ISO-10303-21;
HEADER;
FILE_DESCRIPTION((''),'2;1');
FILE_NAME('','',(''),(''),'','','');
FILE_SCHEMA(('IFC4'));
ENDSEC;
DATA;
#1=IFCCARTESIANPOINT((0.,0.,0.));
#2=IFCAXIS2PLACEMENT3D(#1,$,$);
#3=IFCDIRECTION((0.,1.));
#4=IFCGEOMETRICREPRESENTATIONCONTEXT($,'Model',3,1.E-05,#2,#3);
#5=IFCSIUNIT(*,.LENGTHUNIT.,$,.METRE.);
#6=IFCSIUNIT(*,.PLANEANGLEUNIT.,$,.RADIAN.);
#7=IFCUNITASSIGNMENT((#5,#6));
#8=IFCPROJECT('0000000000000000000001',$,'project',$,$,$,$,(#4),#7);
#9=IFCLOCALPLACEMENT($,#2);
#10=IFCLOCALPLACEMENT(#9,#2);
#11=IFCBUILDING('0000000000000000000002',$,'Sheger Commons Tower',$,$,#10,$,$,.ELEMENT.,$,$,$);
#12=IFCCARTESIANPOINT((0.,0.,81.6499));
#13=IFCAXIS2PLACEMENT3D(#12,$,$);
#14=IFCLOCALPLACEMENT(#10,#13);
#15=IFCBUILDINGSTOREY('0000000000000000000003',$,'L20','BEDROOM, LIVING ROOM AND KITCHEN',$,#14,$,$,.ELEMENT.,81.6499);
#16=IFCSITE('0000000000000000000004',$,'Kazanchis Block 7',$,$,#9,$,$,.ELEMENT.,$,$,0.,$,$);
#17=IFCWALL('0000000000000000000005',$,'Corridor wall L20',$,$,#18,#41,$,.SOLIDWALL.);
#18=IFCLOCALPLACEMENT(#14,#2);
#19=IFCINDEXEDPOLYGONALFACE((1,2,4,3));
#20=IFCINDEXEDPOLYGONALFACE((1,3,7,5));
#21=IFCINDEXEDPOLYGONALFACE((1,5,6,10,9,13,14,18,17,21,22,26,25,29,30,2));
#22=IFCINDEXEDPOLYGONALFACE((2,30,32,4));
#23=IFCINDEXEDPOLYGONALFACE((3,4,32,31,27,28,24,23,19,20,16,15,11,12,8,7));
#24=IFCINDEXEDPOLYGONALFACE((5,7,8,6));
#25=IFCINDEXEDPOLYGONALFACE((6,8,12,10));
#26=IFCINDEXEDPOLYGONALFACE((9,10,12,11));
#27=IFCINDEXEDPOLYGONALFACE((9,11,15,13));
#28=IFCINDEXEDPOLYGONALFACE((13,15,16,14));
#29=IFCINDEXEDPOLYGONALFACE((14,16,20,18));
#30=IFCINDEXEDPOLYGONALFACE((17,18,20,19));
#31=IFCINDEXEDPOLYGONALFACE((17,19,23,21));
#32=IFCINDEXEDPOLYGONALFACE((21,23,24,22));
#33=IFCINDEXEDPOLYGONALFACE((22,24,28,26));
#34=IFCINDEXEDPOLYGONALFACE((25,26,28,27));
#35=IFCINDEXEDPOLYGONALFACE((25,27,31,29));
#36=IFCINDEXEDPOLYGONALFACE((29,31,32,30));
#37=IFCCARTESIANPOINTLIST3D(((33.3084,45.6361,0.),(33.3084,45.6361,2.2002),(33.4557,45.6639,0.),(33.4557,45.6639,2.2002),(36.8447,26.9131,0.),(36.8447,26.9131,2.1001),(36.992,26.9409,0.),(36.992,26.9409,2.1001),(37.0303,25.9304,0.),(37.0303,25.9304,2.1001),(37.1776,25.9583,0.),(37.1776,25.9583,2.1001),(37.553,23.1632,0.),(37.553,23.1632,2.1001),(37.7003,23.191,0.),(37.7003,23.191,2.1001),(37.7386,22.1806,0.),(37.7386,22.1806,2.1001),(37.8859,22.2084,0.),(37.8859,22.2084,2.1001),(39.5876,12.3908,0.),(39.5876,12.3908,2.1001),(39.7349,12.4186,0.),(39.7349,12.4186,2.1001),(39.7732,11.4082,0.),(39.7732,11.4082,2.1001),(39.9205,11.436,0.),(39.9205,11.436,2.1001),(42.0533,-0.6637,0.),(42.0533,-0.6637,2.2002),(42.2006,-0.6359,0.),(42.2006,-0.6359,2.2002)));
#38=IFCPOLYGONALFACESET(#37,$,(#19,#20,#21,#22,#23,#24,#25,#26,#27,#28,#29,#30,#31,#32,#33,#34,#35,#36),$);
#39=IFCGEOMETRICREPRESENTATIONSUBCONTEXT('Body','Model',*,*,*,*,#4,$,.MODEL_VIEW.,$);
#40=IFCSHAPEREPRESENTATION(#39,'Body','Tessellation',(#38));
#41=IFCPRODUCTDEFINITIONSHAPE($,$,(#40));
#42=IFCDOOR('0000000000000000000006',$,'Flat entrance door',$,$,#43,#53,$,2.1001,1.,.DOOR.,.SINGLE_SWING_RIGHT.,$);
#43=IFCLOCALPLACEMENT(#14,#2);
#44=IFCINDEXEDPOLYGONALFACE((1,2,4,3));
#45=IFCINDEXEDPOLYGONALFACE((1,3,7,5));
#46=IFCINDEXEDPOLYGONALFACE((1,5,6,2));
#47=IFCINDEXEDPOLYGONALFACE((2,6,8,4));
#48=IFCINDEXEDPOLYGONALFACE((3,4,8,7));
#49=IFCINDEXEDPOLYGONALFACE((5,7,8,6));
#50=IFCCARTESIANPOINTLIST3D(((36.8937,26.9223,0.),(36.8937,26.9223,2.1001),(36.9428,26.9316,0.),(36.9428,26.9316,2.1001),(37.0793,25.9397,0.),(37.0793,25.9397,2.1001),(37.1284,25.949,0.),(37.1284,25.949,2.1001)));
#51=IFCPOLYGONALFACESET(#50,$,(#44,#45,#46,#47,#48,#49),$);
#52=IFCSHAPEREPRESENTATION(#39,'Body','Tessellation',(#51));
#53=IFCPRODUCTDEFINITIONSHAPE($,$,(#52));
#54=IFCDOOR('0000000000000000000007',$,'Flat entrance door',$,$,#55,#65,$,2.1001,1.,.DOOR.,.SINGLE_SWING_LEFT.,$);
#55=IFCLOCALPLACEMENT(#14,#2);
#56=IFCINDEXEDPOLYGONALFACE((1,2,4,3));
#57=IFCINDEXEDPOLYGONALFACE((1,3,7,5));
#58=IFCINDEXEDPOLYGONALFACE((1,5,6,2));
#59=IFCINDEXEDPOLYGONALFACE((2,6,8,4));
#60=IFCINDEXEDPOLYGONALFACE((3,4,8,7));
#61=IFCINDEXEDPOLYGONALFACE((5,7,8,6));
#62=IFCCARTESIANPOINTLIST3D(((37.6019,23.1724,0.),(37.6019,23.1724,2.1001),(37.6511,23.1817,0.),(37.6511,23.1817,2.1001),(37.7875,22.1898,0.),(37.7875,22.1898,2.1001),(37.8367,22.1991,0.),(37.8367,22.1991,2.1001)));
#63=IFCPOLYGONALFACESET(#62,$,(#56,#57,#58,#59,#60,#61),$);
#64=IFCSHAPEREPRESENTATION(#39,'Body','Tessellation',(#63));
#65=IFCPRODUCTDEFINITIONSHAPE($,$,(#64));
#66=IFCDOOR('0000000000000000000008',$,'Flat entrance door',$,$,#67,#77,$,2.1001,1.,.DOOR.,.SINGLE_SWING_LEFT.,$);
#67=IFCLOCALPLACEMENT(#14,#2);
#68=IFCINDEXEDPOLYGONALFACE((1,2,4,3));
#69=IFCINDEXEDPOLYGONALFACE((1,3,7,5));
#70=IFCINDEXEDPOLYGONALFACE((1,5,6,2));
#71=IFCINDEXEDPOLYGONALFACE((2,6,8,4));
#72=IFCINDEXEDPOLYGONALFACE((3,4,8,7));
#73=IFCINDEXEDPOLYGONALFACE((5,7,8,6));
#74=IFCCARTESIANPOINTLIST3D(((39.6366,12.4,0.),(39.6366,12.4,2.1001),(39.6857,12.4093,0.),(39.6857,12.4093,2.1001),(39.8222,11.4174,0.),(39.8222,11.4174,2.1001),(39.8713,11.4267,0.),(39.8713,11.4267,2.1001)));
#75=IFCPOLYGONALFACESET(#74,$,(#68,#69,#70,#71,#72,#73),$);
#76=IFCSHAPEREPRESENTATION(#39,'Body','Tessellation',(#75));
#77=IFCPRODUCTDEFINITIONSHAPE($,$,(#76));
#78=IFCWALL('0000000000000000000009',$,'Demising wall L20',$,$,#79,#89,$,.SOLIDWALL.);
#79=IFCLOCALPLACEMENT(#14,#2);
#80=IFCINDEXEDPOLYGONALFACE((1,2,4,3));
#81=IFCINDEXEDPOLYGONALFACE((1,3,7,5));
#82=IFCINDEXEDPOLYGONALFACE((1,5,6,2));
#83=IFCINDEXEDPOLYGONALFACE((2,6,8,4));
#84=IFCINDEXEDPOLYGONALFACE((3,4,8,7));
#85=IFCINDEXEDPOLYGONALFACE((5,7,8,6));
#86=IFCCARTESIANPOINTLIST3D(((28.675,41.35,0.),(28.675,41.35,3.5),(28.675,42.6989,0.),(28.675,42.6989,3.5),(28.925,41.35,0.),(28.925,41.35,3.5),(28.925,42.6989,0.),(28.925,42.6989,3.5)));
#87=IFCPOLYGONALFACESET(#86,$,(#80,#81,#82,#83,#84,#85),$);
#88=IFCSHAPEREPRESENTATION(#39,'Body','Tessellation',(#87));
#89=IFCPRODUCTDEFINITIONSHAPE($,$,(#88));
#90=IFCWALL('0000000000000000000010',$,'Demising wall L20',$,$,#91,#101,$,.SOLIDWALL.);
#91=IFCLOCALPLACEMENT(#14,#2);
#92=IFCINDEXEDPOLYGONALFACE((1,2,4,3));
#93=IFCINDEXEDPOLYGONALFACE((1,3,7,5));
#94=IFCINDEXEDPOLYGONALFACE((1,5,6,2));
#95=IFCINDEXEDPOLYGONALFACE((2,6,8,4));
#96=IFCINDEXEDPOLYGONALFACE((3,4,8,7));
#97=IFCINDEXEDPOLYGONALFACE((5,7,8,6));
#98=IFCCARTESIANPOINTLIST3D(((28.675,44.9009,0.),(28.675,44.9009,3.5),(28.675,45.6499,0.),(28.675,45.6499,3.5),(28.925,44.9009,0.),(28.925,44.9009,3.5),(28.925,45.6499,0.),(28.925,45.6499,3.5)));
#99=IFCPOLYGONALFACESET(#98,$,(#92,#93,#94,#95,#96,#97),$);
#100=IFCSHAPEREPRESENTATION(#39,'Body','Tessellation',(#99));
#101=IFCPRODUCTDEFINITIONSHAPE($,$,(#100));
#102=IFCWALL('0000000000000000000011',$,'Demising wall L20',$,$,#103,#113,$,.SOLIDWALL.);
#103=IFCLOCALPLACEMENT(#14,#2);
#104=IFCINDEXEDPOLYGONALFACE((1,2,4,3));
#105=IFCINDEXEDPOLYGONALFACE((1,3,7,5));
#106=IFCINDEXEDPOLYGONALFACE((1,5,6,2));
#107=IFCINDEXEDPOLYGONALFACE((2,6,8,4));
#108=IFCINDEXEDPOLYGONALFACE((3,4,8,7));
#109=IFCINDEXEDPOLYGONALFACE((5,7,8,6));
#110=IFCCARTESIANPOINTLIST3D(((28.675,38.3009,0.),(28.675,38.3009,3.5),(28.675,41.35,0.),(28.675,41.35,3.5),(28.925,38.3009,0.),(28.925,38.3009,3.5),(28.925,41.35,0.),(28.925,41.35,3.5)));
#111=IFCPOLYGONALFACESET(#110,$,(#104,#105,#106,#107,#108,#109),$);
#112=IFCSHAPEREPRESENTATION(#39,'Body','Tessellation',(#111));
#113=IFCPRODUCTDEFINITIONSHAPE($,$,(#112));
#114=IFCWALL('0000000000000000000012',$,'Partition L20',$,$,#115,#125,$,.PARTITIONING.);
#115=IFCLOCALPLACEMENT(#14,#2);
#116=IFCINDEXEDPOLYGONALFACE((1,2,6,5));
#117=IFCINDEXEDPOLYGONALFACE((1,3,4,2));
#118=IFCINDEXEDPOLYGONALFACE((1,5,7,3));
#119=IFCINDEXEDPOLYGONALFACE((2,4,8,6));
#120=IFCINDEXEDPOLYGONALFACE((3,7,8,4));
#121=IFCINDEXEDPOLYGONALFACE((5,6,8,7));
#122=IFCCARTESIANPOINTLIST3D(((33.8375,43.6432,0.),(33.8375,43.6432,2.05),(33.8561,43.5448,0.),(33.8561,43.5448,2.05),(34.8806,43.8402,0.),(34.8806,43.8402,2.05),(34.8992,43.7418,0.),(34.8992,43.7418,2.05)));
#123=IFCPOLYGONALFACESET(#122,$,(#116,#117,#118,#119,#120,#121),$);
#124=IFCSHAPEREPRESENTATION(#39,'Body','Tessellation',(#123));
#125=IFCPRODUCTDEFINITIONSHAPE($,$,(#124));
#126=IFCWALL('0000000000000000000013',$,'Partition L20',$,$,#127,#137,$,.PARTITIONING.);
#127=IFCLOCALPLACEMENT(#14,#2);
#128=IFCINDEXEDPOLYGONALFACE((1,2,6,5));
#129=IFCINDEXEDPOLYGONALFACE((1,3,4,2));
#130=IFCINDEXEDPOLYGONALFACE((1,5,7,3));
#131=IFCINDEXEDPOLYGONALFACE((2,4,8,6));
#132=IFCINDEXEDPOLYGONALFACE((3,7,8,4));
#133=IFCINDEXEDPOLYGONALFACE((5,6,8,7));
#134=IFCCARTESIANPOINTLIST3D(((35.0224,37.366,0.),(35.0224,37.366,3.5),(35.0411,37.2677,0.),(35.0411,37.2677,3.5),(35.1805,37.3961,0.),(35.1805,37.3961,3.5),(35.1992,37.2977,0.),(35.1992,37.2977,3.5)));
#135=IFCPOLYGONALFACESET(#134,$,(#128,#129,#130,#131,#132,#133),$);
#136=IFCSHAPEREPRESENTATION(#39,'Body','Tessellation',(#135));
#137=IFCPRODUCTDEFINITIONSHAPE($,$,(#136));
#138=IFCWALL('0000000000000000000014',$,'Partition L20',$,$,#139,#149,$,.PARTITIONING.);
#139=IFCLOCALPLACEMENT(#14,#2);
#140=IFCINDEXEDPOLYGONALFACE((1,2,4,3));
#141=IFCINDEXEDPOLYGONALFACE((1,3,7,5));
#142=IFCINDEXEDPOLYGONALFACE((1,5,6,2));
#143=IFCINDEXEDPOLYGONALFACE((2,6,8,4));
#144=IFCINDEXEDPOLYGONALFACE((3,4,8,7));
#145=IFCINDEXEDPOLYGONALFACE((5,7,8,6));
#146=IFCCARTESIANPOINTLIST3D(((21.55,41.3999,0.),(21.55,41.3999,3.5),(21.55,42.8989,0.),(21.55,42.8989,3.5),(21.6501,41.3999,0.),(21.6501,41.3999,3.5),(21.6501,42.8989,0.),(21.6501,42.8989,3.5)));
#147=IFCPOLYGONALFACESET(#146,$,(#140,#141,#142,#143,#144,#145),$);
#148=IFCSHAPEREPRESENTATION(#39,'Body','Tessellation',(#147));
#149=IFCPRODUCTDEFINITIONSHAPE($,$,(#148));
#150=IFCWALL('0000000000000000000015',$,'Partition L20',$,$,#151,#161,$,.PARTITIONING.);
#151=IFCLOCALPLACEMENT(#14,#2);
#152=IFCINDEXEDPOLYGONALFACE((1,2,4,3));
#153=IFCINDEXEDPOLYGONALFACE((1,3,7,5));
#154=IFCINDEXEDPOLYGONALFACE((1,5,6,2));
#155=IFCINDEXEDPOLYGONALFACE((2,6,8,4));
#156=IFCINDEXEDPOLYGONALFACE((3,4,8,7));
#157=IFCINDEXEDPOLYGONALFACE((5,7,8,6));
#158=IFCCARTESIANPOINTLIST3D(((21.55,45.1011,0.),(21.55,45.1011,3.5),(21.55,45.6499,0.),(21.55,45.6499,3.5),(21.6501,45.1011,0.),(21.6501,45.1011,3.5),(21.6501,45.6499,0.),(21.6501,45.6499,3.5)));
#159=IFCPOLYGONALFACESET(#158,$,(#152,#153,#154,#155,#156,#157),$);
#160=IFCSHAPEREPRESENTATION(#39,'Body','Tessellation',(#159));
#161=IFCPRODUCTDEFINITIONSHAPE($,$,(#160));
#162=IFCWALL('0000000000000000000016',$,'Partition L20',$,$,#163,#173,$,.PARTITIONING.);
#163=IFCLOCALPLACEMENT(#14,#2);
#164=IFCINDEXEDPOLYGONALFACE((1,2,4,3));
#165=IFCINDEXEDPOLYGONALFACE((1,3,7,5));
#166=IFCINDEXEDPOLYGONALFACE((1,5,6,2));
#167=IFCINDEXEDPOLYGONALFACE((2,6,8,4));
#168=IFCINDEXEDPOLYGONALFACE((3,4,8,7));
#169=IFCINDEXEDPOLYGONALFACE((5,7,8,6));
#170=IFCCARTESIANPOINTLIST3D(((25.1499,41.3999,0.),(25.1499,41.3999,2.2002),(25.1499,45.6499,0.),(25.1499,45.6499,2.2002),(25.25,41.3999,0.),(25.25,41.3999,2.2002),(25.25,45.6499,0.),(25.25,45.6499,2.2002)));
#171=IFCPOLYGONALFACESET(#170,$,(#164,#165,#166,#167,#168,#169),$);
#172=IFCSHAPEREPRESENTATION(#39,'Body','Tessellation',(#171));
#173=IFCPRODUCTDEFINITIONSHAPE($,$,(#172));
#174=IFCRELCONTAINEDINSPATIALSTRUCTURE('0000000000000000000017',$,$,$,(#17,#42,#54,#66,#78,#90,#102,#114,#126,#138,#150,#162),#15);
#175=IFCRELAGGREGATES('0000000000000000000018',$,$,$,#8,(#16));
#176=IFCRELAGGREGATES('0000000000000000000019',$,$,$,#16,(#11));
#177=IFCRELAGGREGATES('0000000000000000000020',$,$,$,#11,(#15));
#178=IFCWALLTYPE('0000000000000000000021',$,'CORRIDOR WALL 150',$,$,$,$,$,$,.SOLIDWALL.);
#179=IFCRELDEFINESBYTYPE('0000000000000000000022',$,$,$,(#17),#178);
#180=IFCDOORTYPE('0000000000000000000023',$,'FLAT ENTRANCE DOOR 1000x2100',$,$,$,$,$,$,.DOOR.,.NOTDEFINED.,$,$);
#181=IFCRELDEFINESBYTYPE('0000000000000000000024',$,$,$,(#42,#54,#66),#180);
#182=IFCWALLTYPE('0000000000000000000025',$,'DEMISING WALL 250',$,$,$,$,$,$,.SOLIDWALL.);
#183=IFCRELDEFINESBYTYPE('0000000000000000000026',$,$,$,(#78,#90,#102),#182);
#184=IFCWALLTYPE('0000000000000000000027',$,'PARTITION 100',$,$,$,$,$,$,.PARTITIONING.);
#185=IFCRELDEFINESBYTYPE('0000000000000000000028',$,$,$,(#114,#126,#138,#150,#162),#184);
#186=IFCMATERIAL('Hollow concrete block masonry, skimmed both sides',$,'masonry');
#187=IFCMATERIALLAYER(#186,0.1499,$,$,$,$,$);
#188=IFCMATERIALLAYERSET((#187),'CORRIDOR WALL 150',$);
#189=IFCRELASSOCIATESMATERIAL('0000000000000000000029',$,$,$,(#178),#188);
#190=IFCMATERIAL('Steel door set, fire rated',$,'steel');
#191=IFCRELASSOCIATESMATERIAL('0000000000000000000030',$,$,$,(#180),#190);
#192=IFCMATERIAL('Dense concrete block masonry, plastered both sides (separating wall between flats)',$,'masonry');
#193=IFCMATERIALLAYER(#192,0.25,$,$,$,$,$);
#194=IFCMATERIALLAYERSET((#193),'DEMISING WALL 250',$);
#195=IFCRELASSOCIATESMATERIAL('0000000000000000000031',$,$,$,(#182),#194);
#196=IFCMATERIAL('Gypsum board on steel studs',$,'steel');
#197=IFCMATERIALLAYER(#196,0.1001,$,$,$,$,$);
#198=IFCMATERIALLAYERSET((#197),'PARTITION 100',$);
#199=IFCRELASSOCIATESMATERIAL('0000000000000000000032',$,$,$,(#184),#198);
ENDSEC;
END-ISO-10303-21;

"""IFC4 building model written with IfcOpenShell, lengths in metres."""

from ifc_helpers import new_model, si_unit, direction, frame, frame_2d, origin, place, context, subcontext, project, spatial, rectangle, extrude, material, layer, layer_set, type_object, element, fill, save


model = new_model("IFC4")

# Units and contexts
model_context = context("Model", 3, precision=1e-05, world=origin(), true_north=direction((0.0, 1.0)))
body_context = subcontext(model_context, "Body", "Model", "MODEL_VIEW")
ifc_project = project(units=[si_unit("LENGTHUNIT", "METRE"), si_unit("PLANEANGLEUNIT", "RADIAN")], contexts=[model_context])

# Site, building, storey
site_placement = place(None, origin())
site = spatial("IfcSite", under=ifc_project, at=site_placement, Name="Kazanchis Block 7", CompositionType="ELEMENT", RefElevation=0.0)
building_placement = place(site_placement, origin())
building = spatial("IfcBuilding", under=site, at=building_placement, Name="Sheger Commons Tower", CompositionType="ELEMENT")
storey_placement = place(building_placement, frame((0.0, 0.0, 81.6499)))
storey = spatial("IfcBuildingStorey", under=building, at=storey_placement, Name="L20", Description="BEDROOM, LIVING ROOM AND KITCHEN", CompositionType="ELEMENT", Elevation=81.6499)

# Wall, openings, doors
ifc_material_1 = material(Name="Hollow concrete block masonry, skimmed both sides", Category="masonry")
ifc_layer_1 = layer(ifc_material_1, 0.1499)
ifc_layer_set_1 = layer_set([ifc_layer_1], Name="CORRIDOR WALL 150")
wall_type_1 = type_object("IfcWallType", Name="CORRIDOR WALL 150", PredefinedType="SOLIDWALL", material=ifc_layer_set_1)
wall_1_placement = place(storey_placement, frame((33.3821, 45.6499, 0.0), z_axis=(0.0, 0.0, 1.0), x_axis=(0.185594, -0.982627, 0.0)))
wall_1 = element("IfcWall", 1, at=wall_1_placement, inside=storey, type_object=wall_type_1, Name="Corridor wall L20", PredefinedType="SOLIDWALL", context=body_context, shape_type="SweptSolid", body=[
    extrude(rectangle(XDim=47.1184, YDim=0.1499, at=frame_2d((23.5591, 0.0))), origin(), (0.0, 0.0, 1.0), 2.2002),
])
opening_1_placement = place(wall_1_placement, frame((19.054, 0.0, 0.0)))
opening_1 = element("IfcOpeningElement", 2, at=opening_1_placement, cuts=wall_1, PredefinedType="OPENING", context=body_context, shape_type="SweptSolid", body=[
    extrude(rectangle(XDim=1.0, YDim=2.1001, at=frame_2d((0.5, 1.05))), frame((0.0, 0.085, 0.0), z_axis=(0.0, -1.0, 0.0), x_axis=(1.0, 0.0, 0.0)), (0.0, 0.0, 1.0), 0.1699),
])
opening_2_placement = place(wall_1_placement, frame((22.8701, 0.0, 0.0)))
opening_2 = element("IfcOpeningElement", 3, at=opening_2_placement, cuts=wall_1, PredefinedType="OPENING", context=body_context, shape_type="SweptSolid", body=[
    extrude(rectangle(XDim=1.0, YDim=2.1001, at=frame_2d((0.5, 1.05))), frame((0.0, 0.085, 0.0), z_axis=(0.0, -1.0, 0.0), x_axis=(1.0, 0.0, 0.0)), (0.0, 0.0, 1.0), 0.1699),
])
opening_3_placement = place(wall_1_placement, frame((33.833, 0.0, 0.0)))
opening_3 = element("IfcOpeningElement", 4, at=opening_3_placement, cuts=wall_1, PredefinedType="OPENING", context=body_context, shape_type="SweptSolid", body=[
    extrude(rectangle(XDim=1.0, YDim=2.1001, at=frame_2d((0.5, 1.05))), frame((0.0, 0.085, 0.0), z_axis=(0.0, -1.0, 0.0), x_axis=(1.0, 0.0, 0.0)), (0.0, 0.0, 1.0), 0.1699),
])
ifc_material_2 = material(Name="Steel door set, fire rated", Category="steel")
door_type_1 = type_object("IfcDoorType", Name="FLAT ENTRANCE DOOR 1000x2100", OperationType="NOTDEFINED", PredefinedType="DOOR", material=ifc_material_2)
door_1_placement = place(opening_1_placement, origin())
door_1 = element("IfcDoor", 5, at=door_1_placement, inside=storey, type_object=door_type_1, Name="Flat entrance door", OperationType="SINGLE_SWING_RIGHT", OverallHeight=2.1001, OverallWidth=1.0, PredefinedType="DOOR", context=body_context, shape_type="SweptSolid", body=[
    extrude(rectangle(XDim=1.0, YDim=2.1001, at=frame_2d((0.5, 1.05))), frame((0.0, 0.0249, 0.0), z_axis=(0.0, -1.0, 0.0), x_axis=(1.0, 0.0, 0.0)), (0.0, 0.0, 1.0), 0.05),
])
fill(opening_1, door_1)
door_2_placement = place(opening_2_placement, origin())
door_2 = element("IfcDoor", 6, at=door_2_placement, inside=storey, type_object=door_type_1, Name="Flat entrance door", OperationType="SINGLE_SWING_LEFT", OverallHeight=2.1001, OverallWidth=1.0, PredefinedType="DOOR", context=body_context, shape_type="SweptSolid", body=[
    extrude(rectangle(XDim=1.0, YDim=2.1001, at=frame_2d((0.5, 1.05))), frame((0.0, 0.0249, 0.0), z_axis=(0.0, -1.0, 0.0), x_axis=(1.0, 0.0, 0.0)), (0.0, 0.0, 1.0), 0.05),
])
fill(opening_2, door_2)
door_3_placement = place(opening_3_placement, origin())
door_3 = element("IfcDoor", 7, at=door_3_placement, inside=storey, type_object=door_type_1, Name="Flat entrance door", OperationType="SINGLE_SWING_LEFT", OverallHeight=2.1001, OverallWidth=1.0, PredefinedType="DOOR", context=body_context, shape_type="SweptSolid", body=[
    extrude(rectangle(XDim=1.0, YDim=2.1001, at=frame_2d((0.5, 1.05))), frame((0.0, 0.0249, 0.0), z_axis=(0.0, -1.0, 0.0), x_axis=(1.0, 0.0, 0.0)), (0.0, 0.0, 1.0), 0.05),
])
fill(opening_3, door_3)

# Walls
ifc_material_3 = material(Name="Dense concrete block masonry, plastered both sides (separating wall between flats)", Category="masonry")
ifc_layer_2 = layer(ifc_material_3, 0.25)
ifc_layer_set_2 = layer_set([ifc_layer_2], Name="DEMISING WALL 250")
wall_type_2 = type_object("IfcWallType", Name="DEMISING WALL 250", PredefinedType="SOLIDWALL", material=ifc_layer_set_2)
wall_2_placement = place(storey_placement, frame((28.8, 41.3501, 0.0), z_axis=(0.0, 0.0, 1.0), x_axis=(0.0, 1.0, 0.0)))
element("IfcWall", 8, at=wall_2_placement, inside=storey, type_object=wall_type_2, Name="Demising wall L20", PredefinedType="SOLIDWALL", context=body_context, shape_type="SweptSolid", body=[
    extrude(rectangle(XDim=1.3489, YDim=0.25, at=frame_2d((0.6743, 0.0))), origin(), (0.0, 0.0, 1.0), 3.5),
])
wall_3_placement = place(storey_placement, frame((28.8, 44.9009, 0.0), z_axis=(0.0, 0.0, 1.0), x_axis=(0.0, 1.0, 0.0)))
element("IfcWall", 9, at=wall_3_placement, inside=storey, type_object=wall_type_2, Name="Demising wall L20", PredefinedType="SOLIDWALL", context=body_context, shape_type="SweptSolid", body=[
    extrude(rectangle(XDim=0.749, YDim=0.25, at=frame_2d((0.3745, 0.0))), origin(), (0.0, 0.0, 1.0), 3.5),
])
wall_4_placement = place(storey_placement, frame((28.8, 38.301, 0.0), z_axis=(0.0, 0.0, 1.0), x_axis=(0.0, 1.0, 0.0)))
element("IfcWall", 10, at=wall_4_placement, inside=storey, type_object=wall_type_2, Name="Demising wall L20", PredefinedType="SOLIDWALL", context=body_context, shape_type="SweptSolid", body=[
    extrude(rectangle(XDim=3.0491, YDim=0.25, at=frame_2d((1.5244, 0.0))), origin(), (0.0, 0.0, 1.0), 3.5),
])
ifc_material_4 = material(Name="Gypsum board on steel studs", Category="steel")
ifc_layer_3 = layer(ifc_material_4, 0.1001)
ifc_layer_set_3 = layer_set([ifc_layer_3], Name="PARTITION 100")
wall_type_3 = type_object("IfcWallType", Name="PARTITION 100", PredefinedType="PARTITIONING", material=ifc_layer_set_3)
wall_5_placement = place(storey_placement, frame((34.8899, 43.791, 0.0), z_axis=(0.0, 0.0, 1.0), x_axis=(-0.982621, -0.185622, 0.0)))
element("IfcWall", 11, at=wall_5_placement, inside=storey, type_object=wall_type_3, Name="Partition L20", PredefinedType="PARTITIONING", context=body_context, shape_type="SweptSolid", body=[
    extrude(rectangle(XDim=1.0615, YDim=0.1001, at=frame_2d((0.5308, 0.0))), origin(), (0.0, 0.0, 1.0), 2.05),
])
wall_6_placement = place(storey_placement, frame((35.1899, 37.3469, 0.0), z_axis=(0.0, 0.0, 1.0), x_axis=(-0.982405, -0.186763, 0.0)))
element("IfcWall", 12, at=wall_6_placement, inside=storey, type_object=wall_type_3, Name="Partition L20", PredefinedType="PARTITIONING", context=body_context, shape_type="SweptSolid", body=[
    extrude(rectangle(XDim=0.1609, YDim=0.1001, at=frame_2d((0.0806, 0.0))), origin(), (0.0, 0.0, 1.0), 3.5),
])
wall_7_placement = place(storey_placement, frame((21.6001, 41.3999, 0.0), z_axis=(0.0, 0.0, 1.0), x_axis=(0.0, 1.0, 0.0)))
element("IfcWall", 13, at=wall_7_placement, inside=storey, type_object=wall_type_3, Name="Partition L20", PredefinedType="PARTITIONING", context=body_context, shape_type="SweptSolid", body=[
    extrude(rectangle(XDim=1.499, YDim=0.1001, at=frame_2d((0.7495, 0.0))), origin(), (0.0, 0.0, 1.0), 3.5),
])
wall_8_placement = place(storey_placement, frame((21.6001, 45.1011, 0.0), z_axis=(0.0, 0.0, 1.0), x_axis=(0.0, 1.0, 0.0)))
element("IfcWall", 14, at=wall_8_placement, inside=storey, type_object=wall_type_3, Name="Partition L20", PredefinedType="PARTITIONING", context=body_context, shape_type="SweptSolid", body=[
    extrude(rectangle(XDim=0.5488, YDim=0.1001, at=frame_2d((0.2744, 0.0))), origin(), (0.0, 0.0, 1.0), 3.5),
])
wall_9_placement = place(storey_placement, frame((25.2, 41.3999, 0.0), z_axis=(0.0, 0.0, 1.0), x_axis=(0.0, 1.0, 0.0)))
element("IfcWall", 15, at=wall_9_placement, inside=storey, type_object=wall_type_3, Name="Partition L20", PredefinedType="PARTITIONING", context=body_context, shape_type="SweptSolid", body=[
    extrude(rectangle(XDim=4.25, YDim=0.1001, at=frame_2d((2.125, 0.0))), origin(), (0.0, 0.0, 1.0), 2.2002),
])

save(model, "model.ifc")
